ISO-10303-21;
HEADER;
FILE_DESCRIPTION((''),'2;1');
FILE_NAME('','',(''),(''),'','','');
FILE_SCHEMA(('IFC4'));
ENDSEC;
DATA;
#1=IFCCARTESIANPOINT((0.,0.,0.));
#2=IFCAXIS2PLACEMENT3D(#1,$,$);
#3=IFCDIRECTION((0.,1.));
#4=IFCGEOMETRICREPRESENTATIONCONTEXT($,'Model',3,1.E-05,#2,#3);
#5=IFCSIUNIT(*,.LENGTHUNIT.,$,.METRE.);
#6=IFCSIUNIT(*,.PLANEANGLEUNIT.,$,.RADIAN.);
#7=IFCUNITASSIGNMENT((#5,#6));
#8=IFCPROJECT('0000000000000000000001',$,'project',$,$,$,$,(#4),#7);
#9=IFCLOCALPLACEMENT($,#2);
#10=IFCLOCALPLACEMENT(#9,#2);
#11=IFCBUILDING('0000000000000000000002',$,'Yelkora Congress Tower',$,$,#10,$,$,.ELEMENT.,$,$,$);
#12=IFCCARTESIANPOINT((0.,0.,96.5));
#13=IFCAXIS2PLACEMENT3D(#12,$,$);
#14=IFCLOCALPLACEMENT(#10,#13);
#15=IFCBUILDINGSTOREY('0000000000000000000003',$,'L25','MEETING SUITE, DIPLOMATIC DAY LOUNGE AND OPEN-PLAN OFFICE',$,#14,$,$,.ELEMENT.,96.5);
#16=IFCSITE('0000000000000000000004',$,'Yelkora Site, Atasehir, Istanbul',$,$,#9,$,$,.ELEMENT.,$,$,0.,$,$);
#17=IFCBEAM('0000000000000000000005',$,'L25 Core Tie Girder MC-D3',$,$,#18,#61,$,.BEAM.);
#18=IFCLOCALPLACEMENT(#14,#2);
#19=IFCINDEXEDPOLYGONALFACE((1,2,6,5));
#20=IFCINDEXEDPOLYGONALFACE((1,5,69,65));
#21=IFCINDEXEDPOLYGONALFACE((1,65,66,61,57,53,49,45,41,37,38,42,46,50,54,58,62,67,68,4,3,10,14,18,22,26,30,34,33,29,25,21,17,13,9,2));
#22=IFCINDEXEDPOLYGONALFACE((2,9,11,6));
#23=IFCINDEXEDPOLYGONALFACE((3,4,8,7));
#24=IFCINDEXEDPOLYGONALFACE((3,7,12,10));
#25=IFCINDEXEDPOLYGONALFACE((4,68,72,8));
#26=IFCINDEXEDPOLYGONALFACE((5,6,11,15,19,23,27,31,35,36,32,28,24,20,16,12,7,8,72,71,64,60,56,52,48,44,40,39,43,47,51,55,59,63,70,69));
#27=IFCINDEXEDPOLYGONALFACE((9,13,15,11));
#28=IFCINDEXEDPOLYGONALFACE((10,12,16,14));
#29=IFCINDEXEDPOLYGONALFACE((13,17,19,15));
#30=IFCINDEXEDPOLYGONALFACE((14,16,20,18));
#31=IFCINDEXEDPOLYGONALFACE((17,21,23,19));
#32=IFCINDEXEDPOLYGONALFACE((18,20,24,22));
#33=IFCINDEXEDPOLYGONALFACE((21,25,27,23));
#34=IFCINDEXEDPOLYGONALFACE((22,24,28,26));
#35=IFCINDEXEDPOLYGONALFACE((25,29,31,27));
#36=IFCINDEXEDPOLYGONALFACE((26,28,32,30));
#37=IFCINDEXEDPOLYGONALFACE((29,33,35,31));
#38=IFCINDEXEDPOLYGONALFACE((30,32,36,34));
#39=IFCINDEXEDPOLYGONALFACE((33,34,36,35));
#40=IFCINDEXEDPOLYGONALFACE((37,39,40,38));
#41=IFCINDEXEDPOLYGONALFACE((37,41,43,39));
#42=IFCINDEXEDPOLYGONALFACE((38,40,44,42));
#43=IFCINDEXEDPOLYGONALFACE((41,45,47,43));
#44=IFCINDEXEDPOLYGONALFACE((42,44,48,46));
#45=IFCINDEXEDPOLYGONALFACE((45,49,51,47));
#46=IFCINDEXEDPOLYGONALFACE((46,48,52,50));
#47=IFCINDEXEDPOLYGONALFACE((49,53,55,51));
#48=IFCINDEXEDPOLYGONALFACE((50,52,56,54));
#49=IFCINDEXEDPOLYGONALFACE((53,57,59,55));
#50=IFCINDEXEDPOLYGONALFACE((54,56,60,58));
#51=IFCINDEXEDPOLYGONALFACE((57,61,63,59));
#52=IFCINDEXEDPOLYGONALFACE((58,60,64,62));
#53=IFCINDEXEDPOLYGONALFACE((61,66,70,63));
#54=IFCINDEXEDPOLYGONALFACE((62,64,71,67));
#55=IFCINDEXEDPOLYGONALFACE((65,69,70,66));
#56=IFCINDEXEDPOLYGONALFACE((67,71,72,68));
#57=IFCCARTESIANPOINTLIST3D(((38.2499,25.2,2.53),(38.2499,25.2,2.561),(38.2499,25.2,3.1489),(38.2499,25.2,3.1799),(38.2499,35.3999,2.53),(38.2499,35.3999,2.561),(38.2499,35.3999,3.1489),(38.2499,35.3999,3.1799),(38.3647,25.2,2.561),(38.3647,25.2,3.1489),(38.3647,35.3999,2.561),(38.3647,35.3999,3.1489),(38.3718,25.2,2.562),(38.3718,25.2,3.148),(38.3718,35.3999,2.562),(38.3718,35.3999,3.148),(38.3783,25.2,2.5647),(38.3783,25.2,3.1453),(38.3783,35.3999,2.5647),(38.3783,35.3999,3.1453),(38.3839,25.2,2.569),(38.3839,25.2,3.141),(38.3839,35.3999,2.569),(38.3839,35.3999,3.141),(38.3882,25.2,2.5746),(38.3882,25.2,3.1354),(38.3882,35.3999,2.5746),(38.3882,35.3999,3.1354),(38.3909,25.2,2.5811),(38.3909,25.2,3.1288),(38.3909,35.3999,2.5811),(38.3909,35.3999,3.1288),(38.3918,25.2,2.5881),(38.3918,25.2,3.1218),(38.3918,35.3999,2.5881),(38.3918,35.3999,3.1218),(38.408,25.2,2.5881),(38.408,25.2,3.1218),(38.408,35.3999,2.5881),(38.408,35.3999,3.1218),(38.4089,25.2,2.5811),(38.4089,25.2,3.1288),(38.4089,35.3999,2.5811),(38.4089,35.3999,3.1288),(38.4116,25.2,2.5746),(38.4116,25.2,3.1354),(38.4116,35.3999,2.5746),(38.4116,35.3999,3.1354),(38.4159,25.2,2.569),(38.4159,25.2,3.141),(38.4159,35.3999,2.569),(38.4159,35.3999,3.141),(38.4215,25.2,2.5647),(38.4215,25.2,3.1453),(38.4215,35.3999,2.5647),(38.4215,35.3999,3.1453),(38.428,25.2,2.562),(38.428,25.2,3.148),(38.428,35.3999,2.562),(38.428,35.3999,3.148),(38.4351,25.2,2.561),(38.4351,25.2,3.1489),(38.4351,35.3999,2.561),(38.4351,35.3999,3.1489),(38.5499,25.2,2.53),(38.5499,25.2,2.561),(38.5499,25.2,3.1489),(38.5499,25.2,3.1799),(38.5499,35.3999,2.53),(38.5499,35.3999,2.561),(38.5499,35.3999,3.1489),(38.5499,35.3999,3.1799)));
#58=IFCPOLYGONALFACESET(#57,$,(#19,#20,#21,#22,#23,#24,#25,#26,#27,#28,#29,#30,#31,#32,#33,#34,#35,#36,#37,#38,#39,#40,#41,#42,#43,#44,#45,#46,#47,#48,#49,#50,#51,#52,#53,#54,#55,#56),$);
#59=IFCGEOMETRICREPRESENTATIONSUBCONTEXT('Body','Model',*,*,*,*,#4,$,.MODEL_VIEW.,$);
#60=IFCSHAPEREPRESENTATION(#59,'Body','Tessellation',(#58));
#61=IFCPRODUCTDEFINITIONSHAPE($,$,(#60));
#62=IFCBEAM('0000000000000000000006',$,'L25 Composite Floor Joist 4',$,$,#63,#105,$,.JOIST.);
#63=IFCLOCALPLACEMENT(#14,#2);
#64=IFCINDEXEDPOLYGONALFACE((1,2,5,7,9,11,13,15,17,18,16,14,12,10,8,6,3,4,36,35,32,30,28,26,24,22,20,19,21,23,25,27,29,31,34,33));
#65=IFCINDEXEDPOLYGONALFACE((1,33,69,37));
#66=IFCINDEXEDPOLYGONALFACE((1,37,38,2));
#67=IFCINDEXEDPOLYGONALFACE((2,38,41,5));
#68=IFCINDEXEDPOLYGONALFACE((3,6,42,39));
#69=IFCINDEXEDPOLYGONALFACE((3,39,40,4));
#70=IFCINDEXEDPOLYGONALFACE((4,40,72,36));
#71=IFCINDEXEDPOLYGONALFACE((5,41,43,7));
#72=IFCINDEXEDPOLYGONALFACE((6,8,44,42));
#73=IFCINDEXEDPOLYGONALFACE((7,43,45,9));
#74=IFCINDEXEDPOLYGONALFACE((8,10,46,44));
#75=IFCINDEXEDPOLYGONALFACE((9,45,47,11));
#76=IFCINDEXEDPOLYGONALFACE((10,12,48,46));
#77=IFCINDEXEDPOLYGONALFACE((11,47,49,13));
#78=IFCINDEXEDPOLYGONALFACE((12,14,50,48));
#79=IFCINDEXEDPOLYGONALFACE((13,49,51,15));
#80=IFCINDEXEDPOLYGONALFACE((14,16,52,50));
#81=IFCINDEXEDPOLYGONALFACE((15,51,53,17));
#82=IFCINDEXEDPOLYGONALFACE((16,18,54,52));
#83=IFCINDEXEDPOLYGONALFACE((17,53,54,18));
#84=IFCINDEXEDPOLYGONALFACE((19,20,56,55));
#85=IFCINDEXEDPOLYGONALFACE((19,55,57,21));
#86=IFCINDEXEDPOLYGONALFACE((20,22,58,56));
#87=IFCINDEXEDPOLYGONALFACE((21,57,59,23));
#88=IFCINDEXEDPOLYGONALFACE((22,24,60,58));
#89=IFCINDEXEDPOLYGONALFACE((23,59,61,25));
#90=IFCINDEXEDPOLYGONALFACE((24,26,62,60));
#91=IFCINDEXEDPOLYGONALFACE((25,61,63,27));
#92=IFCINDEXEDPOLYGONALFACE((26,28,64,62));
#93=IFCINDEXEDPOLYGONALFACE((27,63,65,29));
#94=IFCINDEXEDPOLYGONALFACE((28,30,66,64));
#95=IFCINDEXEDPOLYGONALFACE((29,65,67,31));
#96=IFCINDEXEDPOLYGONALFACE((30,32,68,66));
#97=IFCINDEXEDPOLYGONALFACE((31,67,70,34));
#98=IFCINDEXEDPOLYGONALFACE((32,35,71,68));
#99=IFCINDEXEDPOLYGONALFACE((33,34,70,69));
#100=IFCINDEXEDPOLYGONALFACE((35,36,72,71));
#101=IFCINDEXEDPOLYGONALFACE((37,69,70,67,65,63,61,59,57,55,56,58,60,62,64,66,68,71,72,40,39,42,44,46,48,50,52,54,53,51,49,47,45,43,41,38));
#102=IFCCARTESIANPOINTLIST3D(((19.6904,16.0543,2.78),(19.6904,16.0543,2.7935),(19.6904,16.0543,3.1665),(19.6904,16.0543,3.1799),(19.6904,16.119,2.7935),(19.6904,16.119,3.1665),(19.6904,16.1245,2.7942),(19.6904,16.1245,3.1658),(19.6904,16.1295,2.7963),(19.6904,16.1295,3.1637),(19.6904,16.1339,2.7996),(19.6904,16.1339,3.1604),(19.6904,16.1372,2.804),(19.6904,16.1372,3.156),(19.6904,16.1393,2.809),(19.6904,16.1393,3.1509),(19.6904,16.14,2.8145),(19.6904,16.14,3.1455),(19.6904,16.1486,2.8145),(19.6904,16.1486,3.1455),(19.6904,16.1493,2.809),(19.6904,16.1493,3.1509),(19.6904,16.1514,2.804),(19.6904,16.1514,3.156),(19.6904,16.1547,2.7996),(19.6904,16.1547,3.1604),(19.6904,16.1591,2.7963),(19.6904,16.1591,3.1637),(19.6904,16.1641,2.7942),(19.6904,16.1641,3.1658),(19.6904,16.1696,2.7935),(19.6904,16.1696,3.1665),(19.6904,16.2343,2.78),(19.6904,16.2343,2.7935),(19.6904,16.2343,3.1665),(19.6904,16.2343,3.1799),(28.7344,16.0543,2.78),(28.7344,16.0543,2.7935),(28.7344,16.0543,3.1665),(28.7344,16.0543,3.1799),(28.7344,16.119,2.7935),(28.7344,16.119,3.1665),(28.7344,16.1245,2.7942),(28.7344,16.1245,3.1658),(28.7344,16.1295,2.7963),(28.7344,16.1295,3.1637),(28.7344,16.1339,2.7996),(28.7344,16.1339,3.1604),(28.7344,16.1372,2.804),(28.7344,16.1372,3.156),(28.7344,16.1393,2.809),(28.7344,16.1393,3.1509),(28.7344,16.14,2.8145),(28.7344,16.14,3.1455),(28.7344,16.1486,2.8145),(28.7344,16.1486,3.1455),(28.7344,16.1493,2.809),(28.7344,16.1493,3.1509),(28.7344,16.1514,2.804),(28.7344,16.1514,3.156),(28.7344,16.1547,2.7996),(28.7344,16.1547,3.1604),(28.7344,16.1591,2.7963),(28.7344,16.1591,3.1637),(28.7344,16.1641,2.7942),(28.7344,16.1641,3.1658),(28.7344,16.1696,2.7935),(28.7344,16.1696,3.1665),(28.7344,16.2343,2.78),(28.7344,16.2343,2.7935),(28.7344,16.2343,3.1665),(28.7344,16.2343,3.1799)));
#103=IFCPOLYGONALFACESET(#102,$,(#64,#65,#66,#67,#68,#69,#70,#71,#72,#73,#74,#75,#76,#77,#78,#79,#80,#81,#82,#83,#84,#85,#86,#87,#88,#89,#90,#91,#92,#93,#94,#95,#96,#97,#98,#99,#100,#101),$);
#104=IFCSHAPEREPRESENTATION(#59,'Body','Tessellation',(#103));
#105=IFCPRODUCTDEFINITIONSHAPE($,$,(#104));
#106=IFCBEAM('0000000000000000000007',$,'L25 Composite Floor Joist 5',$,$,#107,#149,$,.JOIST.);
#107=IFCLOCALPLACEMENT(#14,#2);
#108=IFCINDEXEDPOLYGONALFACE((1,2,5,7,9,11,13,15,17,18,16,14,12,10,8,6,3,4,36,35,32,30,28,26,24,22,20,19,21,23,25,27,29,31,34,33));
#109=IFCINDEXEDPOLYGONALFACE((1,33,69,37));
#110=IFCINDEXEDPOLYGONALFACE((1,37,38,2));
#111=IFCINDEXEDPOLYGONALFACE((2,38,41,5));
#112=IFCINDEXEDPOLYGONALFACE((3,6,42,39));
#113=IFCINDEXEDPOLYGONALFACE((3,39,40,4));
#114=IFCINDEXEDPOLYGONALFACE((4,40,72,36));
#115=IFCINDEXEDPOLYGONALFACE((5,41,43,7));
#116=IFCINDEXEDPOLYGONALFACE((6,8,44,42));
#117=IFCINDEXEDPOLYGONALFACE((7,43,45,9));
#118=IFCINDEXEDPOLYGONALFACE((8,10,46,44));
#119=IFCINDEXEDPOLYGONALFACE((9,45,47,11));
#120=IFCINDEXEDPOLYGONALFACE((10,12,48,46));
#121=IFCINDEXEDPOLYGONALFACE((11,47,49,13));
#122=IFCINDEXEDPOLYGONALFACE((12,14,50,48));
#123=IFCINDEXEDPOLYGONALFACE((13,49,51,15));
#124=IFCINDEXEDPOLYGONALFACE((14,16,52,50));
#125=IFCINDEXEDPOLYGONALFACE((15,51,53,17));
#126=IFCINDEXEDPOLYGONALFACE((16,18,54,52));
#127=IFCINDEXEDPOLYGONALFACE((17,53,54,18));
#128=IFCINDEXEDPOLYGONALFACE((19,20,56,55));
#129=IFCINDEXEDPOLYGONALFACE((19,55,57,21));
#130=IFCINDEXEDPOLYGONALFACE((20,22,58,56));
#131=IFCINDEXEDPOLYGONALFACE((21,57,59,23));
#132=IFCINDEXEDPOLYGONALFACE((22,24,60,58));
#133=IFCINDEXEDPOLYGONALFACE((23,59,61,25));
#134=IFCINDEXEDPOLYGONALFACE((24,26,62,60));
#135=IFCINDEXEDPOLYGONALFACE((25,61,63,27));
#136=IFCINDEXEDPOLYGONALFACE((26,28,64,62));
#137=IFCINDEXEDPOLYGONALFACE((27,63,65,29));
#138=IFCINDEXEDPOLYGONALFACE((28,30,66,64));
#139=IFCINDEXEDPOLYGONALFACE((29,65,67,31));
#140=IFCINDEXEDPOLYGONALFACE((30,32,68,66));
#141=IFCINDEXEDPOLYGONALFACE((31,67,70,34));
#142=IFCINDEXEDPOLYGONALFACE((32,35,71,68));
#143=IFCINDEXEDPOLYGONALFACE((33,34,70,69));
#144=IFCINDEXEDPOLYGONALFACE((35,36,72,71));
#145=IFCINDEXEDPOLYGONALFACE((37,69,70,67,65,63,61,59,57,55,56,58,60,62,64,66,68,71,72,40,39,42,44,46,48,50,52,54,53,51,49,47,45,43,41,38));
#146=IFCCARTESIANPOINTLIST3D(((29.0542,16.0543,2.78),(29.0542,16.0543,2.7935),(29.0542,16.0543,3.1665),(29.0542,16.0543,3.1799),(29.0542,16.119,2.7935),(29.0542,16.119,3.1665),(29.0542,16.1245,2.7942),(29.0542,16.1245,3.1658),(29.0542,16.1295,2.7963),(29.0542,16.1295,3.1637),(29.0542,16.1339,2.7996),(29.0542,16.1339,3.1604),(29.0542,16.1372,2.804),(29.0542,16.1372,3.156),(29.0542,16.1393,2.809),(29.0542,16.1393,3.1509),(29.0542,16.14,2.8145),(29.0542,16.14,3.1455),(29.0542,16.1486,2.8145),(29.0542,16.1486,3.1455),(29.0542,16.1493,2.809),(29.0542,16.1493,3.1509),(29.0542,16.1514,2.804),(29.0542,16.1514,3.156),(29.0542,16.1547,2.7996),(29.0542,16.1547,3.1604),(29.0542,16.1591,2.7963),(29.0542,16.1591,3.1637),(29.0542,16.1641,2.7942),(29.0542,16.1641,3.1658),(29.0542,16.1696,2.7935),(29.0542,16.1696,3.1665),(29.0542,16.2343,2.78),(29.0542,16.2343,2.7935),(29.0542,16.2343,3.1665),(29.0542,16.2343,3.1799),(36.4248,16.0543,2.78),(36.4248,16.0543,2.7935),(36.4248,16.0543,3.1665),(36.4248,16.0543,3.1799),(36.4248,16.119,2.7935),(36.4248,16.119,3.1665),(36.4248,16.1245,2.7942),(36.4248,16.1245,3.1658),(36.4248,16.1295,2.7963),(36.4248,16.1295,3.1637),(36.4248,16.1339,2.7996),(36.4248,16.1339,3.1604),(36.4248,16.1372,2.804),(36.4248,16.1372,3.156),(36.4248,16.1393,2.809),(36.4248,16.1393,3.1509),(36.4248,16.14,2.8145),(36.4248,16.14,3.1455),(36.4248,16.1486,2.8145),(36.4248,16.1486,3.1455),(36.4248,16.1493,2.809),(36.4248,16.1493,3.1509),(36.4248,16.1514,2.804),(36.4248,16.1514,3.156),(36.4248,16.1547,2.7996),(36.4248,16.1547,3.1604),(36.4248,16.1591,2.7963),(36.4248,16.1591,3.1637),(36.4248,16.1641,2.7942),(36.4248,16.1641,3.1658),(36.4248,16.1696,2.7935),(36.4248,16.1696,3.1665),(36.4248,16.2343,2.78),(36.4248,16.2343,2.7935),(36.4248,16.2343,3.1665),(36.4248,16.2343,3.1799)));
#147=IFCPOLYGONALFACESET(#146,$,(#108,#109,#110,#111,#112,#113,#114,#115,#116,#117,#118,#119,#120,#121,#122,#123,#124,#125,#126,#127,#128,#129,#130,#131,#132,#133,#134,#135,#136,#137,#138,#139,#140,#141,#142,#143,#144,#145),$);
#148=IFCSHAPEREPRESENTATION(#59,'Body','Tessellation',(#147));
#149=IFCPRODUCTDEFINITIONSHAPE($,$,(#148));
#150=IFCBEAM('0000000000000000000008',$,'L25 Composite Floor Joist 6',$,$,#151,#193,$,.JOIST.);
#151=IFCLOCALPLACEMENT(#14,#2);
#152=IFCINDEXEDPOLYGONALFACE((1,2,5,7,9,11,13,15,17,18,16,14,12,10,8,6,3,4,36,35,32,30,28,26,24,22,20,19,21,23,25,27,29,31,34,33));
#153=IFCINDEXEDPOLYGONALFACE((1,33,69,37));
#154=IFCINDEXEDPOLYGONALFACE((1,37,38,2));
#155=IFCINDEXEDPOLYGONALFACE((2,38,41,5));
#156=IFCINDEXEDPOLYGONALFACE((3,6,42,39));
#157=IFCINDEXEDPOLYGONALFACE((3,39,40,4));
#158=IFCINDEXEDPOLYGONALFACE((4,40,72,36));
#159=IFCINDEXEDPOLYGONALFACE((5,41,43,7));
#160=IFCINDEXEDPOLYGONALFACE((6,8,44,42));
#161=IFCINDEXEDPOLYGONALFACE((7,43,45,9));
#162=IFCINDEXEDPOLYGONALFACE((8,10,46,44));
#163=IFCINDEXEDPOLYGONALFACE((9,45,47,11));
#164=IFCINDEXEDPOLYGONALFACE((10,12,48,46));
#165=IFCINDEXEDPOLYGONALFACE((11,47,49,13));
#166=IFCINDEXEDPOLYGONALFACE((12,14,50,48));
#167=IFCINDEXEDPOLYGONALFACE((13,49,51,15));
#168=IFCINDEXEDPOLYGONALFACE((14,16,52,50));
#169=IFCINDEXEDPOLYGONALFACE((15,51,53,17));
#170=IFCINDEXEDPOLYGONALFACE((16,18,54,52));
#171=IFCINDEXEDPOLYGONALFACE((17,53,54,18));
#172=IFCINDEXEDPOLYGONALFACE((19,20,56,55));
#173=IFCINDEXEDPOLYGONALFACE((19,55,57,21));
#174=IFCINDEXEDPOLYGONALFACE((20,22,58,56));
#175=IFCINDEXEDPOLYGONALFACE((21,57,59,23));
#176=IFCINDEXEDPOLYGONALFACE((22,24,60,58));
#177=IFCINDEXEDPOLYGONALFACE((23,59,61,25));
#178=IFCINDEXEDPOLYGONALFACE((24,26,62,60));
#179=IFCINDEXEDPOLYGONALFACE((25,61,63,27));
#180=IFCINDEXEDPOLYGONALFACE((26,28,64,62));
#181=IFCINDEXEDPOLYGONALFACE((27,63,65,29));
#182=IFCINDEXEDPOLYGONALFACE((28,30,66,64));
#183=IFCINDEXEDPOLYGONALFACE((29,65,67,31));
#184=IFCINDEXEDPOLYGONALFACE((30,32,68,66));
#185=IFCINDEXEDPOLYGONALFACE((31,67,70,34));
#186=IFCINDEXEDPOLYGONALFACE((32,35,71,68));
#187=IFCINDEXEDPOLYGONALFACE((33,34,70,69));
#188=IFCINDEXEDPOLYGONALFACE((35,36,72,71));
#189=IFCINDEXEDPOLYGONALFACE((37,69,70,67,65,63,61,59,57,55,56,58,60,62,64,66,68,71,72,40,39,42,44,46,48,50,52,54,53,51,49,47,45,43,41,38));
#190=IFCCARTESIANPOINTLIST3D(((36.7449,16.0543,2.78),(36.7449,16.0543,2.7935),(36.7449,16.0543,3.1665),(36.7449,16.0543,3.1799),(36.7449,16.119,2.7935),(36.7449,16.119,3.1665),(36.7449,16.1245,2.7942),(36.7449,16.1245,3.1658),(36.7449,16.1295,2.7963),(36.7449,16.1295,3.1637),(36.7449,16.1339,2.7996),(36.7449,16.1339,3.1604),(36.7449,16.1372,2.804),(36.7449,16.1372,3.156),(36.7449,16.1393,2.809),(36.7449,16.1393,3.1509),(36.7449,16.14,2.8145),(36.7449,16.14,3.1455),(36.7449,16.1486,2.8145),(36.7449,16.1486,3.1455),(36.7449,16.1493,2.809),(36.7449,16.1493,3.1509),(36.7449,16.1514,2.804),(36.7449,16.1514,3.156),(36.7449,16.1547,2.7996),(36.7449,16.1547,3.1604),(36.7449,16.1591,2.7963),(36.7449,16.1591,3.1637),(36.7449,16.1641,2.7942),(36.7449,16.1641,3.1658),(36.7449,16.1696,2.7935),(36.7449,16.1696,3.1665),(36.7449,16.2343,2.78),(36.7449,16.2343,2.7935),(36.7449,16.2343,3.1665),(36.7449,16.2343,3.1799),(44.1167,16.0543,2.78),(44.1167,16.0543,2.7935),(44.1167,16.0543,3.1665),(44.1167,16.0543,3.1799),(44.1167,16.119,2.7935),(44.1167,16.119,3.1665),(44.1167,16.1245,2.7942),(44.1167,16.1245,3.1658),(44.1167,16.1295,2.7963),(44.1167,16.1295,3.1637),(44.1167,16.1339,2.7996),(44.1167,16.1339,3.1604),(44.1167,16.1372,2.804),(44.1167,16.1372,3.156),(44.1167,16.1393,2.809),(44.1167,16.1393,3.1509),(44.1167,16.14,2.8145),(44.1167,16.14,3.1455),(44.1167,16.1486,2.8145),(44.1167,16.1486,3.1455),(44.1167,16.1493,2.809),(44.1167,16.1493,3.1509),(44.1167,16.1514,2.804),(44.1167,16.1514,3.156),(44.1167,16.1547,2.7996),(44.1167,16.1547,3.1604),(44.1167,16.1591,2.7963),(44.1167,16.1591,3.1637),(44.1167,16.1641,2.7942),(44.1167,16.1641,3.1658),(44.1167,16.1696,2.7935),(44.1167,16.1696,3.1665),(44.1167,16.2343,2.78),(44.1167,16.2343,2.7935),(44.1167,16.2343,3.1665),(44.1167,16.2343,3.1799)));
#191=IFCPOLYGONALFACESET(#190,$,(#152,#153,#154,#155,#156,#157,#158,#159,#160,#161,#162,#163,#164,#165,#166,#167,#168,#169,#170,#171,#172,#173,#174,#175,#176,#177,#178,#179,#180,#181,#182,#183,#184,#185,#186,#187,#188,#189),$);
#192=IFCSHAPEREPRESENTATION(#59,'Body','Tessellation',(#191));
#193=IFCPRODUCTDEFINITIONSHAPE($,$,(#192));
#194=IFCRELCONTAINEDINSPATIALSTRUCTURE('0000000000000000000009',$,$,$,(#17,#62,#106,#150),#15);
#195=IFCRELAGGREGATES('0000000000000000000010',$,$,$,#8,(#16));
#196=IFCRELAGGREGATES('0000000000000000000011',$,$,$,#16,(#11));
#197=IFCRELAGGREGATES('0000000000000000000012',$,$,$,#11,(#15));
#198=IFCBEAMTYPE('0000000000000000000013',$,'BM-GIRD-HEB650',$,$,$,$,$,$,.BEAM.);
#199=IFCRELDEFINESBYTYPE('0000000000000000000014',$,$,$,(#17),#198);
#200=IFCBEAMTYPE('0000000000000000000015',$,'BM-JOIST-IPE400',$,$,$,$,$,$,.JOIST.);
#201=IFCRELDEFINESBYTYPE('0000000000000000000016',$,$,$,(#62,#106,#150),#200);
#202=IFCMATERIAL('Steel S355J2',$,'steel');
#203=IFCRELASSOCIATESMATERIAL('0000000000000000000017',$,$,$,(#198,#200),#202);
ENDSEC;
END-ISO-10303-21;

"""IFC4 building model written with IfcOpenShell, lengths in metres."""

from ifc_helpers import new_model, si_unit, direction, frame, origin, origin_2d, place, context, subcontext, project, spatial, i_section, extrude, material, material_profile, profile_set, type_object, element, save


model = new_model("IFC4")

# Units and contexts
model_context = context("Model", 3, precision=1e-05, world=origin(), true_north=direction((0.0, 1.0)))
body_context = subcontext(model_context, "Body", "Model", "MODEL_VIEW")
ifc_project = project(units=[si_unit("LENGTHUNIT", "METRE"), si_unit("PLANEANGLEUNIT", "RADIAN")], contexts=[model_context])

# Site, building, storey
site_placement = place(None, origin())
site = spatial("IfcSite", under=ifc_project, at=site_placement, Name="Yelkora Site, Atasehir, Istanbul", CompositionType="ELEMENT", RefElevation=0.0)
building_placement = place(site_placement, origin())
building = spatial("IfcBuilding", under=site, at=building_placement, Name="Yelkora Congress Tower", CompositionType="ELEMENT")
storey_placement = place(building_placement, frame((0.0, 0.0, 96.5)))
storey = spatial("IfcBuildingStorey", under=building, at=storey_placement, Name="L25", Description="MEETING SUITE, DIPLOMATIC DAY LOUNGE AND OPEN-PLAN OFFICE", CompositionType="ELEMENT", Elevation=96.5)

# Beams
ifc_material_1 = material(Name="Steel S355J2", Category="steel")
ifc_material_profile_1 = material_profile(ifc_material_1, i_section(OverallWidth=0.3, OverallDepth=0.6499, WebThickness=0.0161, FlangeThickness=0.031, FilletRadius=0.0271, at=origin_2d()), Name="HEB 650")
ifc_profile_set_1 = profile_set([ifc_material_profile_1], Name="Steel S355J2")
beam_type_1 = type_object("IfcBeamType", Name="BM-GIRD-HEB650", PredefinedType="BEAM", material=ifc_profile_set_1)
for number, where, z_axis, x_axis, name in (
    (1, (38.3999, 25.2, 2.855), (0.0, 1.0, 0.0), (-1.0, 0.0, 0.0), "L25 Core Tie Girder MC-D3"),
):
    element("IfcBeam", number, at=place(storey_placement, frame(where, z_axis=z_axis, x_axis=x_axis)), inside=storey, type_object=beam_type_1, Name=name, PredefinedType="BEAM", context=body_context, shape_type="SweptSolid", body=[
        extrude(i_section(OverallWidth=0.3, OverallDepth=0.6499, WebThickness=0.0161, FlangeThickness=0.031, FilletRadius=0.0271, at=origin_2d()), origin(), (0.0, 0.0, 1.0), 10.2),
    ])
ifc_material_profile_2 = material_profile(ifc_material_1, i_section(OverallWidth=0.1799, OverallDepth=0.3999, WebThickness=0.0085, FlangeThickness=0.0134, FilletRadius=0.021, at=origin_2d()), Name="IPE 400")
ifc_profile_set_2 = profile_set([ifc_material_profile_2], Name="Steel S355J2")
beam_type_2 = type_object("IfcBeamType", Name="BM-JOIST-IPE400", PredefinedType="JOIST", material=ifc_profile_set_2)
beam_1_placement = place(storey_placement, frame((19.6904, 16.1443, 2.98), z_axis=(1.0, 0.0, 0.0), x_axis=(0.0, 1.0, 0.0)))
element("IfcBeam", 2, at=beam_1_placement, inside=storey, type_object=beam_type_2, Name="L25 Composite Floor Joist 4", PredefinedType="JOIST", context=body_context, shape_type="SweptSolid", body=[
    extrude(i_section(OverallWidth=0.1799, OverallDepth=0.3999, WebThickness=0.0085, FlangeThickness=0.0134, FilletRadius=0.021, at=origin_2d()), origin(), (0.0, 0.0, 1.0), 9.0439),
])
beam_2_placement = place(storey_placement, frame((29.0542, 16.1443, 2.98), z_axis=(1.0, 0.0, 0.0), x_axis=(0.0, 1.0, 0.0)))
element("IfcBeam", 3, at=beam_2_placement, inside=storey, type_object=beam_type_2, Name="L25 Composite Floor Joist 5", PredefinedType="JOIST", context=body_context, shape_type="SweptSolid", body=[
    extrude(i_section(OverallWidth=0.1799, OverallDepth=0.3999, WebThickness=0.0085, FlangeThickness=0.0134, FilletRadius=0.021, at=origin_2d()), origin(), (0.0, 0.0, 1.0), 7.3706),
])
beam_3_placement = place(storey_placement, frame((36.7449, 16.1443, 2.98), z_axis=(1.0, 0.0, 0.0), x_axis=(0.0, 1.0, 0.0)))
element("IfcBeam", 4, at=beam_3_placement, inside=storey, type_object=beam_type_2, Name="L25 Composite Floor Joist 6", PredefinedType="JOIST", context=body_context, shape_type="SweptSolid", body=[
    extrude(i_section(OverallWidth=0.1799, OverallDepth=0.3999, WebThickness=0.0085, FlangeThickness=0.0134, FilletRadius=0.021, at=origin_2d()), origin(), (0.0, 0.0, 1.0), 7.3718),
])

save(model, "model.ifc")
